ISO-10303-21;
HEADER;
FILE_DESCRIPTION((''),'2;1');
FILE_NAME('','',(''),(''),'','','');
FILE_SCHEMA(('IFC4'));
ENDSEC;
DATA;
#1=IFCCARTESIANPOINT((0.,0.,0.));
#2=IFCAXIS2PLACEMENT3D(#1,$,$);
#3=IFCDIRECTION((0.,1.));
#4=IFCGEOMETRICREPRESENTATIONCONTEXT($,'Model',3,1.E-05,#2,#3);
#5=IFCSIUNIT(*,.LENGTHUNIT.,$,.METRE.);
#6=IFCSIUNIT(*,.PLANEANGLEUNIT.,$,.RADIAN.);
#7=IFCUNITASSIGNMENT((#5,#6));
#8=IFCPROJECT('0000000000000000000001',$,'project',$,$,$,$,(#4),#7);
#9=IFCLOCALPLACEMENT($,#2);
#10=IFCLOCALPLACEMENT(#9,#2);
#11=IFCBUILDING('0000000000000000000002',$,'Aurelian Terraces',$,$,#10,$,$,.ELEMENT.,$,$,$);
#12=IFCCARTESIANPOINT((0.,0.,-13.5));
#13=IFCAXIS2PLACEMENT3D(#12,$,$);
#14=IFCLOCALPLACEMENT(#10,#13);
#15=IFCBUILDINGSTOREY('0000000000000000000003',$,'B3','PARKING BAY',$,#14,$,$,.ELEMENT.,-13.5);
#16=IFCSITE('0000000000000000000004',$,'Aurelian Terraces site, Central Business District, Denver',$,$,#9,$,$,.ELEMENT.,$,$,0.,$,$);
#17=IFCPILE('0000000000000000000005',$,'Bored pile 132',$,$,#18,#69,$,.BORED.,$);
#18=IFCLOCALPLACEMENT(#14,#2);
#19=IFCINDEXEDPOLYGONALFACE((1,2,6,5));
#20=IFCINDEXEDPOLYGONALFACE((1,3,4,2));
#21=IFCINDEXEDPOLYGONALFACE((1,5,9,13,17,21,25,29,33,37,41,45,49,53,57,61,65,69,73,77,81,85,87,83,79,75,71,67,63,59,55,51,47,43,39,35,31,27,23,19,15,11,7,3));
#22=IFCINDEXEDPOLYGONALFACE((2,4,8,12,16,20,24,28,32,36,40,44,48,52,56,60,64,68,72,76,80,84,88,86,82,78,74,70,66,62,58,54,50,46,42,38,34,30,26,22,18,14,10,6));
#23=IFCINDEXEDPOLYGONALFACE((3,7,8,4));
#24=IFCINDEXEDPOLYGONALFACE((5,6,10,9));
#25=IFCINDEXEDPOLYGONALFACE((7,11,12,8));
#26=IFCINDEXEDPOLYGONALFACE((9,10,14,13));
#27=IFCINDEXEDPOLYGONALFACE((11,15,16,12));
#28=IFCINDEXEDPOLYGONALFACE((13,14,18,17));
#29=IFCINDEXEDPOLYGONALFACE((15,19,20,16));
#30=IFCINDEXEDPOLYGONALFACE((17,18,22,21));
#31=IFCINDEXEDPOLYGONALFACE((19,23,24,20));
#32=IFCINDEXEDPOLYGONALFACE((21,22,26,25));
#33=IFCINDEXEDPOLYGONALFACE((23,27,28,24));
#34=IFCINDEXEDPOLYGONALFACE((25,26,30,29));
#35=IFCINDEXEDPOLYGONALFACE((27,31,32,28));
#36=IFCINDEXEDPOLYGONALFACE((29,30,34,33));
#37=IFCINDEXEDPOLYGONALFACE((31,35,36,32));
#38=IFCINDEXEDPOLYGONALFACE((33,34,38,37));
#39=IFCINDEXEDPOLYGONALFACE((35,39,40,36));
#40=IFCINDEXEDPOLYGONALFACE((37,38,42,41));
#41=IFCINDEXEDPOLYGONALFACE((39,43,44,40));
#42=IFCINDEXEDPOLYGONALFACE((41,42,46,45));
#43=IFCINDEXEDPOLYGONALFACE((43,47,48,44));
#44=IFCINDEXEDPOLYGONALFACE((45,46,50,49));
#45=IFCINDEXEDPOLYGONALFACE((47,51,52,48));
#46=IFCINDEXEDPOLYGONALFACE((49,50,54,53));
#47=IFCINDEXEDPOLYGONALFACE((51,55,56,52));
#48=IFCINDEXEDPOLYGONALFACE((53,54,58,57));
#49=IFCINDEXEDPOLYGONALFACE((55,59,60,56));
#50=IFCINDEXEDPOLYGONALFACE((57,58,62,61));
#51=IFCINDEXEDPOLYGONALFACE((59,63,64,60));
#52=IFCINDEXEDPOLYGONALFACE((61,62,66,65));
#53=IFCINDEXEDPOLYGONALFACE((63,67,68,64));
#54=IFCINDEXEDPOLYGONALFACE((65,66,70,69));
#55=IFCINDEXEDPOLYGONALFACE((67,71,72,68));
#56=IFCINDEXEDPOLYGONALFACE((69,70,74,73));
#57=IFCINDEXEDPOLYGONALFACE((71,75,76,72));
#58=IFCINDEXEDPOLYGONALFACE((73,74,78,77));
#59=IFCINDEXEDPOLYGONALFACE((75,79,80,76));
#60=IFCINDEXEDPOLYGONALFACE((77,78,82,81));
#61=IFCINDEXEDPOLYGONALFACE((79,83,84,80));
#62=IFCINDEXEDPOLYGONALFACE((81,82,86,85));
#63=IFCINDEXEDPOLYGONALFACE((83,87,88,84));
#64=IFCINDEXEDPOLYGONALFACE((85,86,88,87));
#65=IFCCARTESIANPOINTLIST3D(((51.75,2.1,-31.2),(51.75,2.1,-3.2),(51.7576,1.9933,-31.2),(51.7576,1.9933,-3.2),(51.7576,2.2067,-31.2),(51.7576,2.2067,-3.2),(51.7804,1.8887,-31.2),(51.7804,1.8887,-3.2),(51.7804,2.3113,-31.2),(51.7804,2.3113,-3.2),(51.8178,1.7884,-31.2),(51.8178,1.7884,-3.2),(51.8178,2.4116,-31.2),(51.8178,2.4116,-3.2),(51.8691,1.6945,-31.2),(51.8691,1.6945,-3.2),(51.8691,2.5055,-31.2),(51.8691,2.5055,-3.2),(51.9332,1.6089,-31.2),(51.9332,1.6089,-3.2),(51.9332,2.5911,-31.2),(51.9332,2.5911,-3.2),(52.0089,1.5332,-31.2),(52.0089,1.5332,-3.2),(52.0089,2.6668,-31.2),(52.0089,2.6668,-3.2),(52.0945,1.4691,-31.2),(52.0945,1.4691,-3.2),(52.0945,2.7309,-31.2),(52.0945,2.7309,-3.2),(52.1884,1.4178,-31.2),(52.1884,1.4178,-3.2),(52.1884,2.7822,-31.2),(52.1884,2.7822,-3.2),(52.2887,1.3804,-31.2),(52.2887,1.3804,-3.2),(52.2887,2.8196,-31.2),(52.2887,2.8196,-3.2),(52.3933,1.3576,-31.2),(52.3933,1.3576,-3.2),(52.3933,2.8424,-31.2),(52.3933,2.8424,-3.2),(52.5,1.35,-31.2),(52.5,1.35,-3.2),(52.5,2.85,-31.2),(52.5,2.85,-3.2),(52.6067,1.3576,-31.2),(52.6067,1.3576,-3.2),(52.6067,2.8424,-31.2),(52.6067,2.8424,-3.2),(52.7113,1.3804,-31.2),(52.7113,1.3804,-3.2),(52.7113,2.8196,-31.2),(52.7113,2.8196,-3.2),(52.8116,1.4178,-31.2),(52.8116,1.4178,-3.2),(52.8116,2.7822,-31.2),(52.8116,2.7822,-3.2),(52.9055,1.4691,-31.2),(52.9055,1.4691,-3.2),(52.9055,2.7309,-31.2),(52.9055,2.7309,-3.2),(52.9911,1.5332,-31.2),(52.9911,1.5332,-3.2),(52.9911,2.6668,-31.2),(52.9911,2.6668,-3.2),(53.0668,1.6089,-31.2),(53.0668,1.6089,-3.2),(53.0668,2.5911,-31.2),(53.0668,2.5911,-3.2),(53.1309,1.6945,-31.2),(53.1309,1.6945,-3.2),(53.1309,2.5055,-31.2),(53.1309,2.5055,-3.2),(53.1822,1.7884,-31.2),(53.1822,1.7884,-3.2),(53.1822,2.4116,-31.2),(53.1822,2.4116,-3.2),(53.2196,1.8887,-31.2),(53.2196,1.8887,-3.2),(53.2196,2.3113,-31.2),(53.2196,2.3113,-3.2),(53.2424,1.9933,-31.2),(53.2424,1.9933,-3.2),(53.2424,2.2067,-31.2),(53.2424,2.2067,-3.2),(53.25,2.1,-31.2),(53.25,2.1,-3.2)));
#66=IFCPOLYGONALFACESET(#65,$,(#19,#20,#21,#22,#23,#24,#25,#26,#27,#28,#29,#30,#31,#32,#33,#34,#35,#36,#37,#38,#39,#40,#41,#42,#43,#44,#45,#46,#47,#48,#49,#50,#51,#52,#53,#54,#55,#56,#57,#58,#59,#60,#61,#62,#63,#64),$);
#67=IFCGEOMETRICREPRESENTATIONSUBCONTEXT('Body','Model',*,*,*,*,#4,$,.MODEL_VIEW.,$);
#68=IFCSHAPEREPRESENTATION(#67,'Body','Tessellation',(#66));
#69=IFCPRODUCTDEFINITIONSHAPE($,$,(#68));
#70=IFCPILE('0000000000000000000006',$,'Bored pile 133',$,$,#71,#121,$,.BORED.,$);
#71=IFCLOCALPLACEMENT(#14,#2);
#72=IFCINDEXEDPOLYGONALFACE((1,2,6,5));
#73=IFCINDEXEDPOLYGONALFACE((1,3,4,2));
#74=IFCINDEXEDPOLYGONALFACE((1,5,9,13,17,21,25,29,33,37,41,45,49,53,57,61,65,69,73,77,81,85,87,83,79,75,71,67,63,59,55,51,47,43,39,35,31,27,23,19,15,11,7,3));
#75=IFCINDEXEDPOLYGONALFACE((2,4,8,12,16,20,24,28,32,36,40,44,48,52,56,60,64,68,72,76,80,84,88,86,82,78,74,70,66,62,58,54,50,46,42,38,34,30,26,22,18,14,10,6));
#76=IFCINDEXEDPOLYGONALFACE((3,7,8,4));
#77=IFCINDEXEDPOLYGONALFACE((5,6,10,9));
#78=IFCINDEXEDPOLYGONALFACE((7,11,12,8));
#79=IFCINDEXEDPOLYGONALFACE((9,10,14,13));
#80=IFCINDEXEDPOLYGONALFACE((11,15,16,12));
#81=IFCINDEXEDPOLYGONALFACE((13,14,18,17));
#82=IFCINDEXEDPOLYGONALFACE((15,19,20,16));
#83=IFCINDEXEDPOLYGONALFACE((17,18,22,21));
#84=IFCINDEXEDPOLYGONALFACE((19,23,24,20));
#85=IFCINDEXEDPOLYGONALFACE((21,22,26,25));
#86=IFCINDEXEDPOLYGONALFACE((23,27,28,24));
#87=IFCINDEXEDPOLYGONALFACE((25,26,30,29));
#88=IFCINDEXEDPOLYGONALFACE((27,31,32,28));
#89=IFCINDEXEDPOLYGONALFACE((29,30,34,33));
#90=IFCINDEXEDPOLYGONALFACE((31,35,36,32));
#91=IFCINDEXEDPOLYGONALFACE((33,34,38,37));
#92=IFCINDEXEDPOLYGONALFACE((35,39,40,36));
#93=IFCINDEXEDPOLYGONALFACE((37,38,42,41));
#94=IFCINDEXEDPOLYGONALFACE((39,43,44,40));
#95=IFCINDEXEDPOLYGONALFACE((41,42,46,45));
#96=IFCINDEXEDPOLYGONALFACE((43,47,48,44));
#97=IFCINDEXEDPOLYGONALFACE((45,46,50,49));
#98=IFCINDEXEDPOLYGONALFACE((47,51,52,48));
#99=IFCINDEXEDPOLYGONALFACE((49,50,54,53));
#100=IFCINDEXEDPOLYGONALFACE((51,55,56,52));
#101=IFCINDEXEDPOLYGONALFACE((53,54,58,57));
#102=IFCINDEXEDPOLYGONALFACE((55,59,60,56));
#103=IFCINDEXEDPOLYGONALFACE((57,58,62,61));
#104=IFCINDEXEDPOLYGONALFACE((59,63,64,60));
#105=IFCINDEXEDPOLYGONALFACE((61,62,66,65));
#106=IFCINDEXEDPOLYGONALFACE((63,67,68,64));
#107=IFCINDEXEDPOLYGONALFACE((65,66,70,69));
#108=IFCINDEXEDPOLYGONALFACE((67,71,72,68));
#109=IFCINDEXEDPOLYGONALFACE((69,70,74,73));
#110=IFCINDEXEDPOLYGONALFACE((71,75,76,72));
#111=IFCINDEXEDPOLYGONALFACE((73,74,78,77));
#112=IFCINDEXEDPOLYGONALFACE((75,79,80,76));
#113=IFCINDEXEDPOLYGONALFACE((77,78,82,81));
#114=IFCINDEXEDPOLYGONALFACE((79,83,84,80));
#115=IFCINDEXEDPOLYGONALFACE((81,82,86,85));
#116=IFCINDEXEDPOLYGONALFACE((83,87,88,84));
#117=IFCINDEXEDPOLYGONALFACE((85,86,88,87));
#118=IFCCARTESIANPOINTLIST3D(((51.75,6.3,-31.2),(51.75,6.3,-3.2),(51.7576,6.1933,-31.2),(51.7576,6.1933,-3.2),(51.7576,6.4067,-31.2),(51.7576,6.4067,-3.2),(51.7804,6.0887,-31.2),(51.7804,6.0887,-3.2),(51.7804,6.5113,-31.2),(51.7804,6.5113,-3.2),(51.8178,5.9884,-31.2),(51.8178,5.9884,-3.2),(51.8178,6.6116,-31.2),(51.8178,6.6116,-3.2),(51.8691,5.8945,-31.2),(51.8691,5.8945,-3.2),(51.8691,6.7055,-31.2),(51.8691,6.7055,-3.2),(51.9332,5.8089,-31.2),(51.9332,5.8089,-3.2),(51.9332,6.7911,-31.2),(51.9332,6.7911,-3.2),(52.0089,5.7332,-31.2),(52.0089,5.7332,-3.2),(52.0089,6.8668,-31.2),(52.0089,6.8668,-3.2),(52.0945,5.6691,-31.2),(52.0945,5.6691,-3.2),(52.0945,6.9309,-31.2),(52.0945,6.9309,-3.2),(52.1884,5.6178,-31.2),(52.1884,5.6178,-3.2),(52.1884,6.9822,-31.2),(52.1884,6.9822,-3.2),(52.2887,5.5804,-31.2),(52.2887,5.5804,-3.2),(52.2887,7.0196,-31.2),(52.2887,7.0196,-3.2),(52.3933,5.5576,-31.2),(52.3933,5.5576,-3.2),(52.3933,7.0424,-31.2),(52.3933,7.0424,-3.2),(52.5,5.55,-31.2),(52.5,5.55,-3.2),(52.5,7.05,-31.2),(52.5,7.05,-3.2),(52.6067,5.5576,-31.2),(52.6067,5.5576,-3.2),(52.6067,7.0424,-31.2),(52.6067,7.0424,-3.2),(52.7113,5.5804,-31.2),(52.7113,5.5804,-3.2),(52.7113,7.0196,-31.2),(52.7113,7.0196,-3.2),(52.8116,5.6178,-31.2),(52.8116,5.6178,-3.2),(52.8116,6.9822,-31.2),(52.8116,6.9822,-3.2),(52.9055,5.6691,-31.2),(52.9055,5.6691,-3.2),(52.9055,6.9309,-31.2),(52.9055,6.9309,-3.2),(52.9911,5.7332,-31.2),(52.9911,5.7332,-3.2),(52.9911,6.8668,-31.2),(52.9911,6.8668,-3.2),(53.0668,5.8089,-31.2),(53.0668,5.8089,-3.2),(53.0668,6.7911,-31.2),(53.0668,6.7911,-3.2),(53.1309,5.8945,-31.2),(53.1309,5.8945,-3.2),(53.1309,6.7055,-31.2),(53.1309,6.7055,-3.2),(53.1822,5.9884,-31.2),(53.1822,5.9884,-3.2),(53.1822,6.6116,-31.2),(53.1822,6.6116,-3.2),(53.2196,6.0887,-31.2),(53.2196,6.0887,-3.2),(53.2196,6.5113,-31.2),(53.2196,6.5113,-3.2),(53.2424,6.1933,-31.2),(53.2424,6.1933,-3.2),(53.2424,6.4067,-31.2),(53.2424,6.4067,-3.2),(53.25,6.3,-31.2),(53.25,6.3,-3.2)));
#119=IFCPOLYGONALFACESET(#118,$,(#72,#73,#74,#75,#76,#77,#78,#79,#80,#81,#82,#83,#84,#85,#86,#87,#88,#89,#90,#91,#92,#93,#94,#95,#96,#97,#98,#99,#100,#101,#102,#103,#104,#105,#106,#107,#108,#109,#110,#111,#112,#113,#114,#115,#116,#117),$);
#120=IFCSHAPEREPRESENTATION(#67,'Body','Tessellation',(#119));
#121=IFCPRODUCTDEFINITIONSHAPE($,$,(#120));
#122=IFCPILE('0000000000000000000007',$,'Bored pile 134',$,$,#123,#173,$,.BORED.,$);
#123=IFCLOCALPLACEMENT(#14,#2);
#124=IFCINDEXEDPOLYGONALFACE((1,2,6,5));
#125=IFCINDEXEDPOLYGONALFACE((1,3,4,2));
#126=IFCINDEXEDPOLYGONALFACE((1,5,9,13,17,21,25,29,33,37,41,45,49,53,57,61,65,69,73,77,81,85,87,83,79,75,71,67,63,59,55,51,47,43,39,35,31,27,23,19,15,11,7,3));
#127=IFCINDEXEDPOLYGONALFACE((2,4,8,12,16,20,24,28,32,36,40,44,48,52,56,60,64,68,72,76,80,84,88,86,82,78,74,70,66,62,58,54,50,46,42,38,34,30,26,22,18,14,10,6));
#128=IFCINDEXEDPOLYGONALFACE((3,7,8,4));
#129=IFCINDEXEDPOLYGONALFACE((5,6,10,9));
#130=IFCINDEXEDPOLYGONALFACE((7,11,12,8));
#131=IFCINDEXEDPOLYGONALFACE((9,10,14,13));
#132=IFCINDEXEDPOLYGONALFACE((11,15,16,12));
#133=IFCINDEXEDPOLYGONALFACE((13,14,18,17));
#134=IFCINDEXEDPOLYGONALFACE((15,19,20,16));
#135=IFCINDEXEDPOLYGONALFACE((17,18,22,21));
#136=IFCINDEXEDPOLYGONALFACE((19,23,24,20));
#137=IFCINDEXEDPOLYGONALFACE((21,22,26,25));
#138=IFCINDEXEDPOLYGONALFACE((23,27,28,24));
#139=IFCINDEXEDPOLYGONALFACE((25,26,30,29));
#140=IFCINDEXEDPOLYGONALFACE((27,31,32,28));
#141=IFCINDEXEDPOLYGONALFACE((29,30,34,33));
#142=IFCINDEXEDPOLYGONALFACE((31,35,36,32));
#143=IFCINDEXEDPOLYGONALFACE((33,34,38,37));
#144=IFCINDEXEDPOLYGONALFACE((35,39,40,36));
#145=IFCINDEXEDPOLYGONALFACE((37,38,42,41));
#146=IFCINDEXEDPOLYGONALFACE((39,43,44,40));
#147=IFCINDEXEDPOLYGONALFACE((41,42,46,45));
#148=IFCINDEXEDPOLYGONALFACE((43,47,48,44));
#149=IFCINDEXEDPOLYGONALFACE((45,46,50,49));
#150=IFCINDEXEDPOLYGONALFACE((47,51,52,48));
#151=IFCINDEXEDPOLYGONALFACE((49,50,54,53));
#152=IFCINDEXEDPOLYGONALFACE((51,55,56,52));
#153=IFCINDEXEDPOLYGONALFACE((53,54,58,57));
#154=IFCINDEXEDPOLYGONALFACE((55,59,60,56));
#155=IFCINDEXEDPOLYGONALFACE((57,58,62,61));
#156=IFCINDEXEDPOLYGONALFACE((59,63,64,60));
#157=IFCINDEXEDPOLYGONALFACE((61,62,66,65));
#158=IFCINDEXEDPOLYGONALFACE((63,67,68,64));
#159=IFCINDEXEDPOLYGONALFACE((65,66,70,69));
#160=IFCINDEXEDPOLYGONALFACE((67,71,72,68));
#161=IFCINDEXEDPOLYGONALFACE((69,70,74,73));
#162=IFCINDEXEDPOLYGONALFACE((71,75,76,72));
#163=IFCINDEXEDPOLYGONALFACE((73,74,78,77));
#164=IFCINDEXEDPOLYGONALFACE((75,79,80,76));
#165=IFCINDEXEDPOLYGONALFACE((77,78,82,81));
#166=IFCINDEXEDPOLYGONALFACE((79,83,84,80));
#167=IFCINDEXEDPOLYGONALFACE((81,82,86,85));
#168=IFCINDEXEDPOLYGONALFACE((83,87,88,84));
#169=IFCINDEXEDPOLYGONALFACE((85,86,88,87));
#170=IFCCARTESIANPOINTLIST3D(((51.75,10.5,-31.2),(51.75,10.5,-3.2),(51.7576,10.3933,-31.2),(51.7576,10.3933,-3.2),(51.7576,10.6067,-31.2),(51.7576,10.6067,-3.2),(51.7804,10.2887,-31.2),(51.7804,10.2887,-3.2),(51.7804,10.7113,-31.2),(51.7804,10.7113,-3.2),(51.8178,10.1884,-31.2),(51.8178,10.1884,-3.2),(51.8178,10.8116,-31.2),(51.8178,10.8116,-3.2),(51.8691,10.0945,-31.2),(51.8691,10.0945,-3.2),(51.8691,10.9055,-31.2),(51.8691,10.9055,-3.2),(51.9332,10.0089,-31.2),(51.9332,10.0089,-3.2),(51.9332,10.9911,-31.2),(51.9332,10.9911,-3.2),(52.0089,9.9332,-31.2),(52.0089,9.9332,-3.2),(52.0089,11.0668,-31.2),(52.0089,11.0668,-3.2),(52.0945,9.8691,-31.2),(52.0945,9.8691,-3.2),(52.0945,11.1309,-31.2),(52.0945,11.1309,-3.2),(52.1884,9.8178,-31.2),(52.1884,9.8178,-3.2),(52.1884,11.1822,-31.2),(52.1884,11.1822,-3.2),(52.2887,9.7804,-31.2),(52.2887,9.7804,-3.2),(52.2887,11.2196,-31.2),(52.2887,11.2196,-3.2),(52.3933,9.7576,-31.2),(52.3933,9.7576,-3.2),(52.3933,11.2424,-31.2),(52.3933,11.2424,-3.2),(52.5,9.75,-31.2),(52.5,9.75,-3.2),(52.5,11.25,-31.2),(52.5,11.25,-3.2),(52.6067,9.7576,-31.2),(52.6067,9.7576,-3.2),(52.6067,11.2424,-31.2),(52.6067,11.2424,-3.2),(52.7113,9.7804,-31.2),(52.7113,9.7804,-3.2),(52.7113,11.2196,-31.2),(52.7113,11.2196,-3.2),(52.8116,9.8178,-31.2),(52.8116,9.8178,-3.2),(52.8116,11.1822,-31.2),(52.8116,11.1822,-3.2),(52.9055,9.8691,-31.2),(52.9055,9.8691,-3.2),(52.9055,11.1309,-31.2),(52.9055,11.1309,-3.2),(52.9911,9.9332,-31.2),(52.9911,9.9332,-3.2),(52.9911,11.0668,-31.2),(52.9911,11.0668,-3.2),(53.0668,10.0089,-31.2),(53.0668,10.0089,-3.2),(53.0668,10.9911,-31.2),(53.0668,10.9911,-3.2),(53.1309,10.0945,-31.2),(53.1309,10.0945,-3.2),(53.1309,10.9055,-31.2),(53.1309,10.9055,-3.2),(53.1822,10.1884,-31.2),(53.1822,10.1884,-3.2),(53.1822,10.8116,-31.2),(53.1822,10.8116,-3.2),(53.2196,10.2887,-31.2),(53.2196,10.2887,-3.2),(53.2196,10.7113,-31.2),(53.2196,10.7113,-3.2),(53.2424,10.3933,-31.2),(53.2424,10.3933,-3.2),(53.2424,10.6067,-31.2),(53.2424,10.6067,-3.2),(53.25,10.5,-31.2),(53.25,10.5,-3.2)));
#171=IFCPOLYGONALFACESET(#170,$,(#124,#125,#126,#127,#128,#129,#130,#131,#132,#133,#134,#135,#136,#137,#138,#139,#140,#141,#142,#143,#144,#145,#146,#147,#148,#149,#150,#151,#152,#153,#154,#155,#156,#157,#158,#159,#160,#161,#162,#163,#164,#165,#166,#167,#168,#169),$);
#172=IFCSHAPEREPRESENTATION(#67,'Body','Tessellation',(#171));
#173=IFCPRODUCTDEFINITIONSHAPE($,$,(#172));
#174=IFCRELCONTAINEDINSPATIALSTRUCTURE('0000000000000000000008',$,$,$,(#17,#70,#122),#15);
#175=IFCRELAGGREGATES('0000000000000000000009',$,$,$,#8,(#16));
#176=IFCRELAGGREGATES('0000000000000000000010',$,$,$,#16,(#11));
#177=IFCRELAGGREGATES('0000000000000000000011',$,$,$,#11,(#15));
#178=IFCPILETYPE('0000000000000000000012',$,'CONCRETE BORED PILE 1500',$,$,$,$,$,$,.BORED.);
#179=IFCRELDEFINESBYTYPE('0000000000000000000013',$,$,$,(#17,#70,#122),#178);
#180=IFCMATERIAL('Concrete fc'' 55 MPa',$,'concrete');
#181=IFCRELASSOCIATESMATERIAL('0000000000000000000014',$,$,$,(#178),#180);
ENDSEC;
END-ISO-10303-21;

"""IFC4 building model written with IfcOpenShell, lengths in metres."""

from ifc_helpers import new_model, si_unit, direction, frame, origin, origin_2d, place, context, subcontext, project, spatial, circle, extrude, source, transform, mapped, material, material_profile, profile_set, type_object, element, save


model = new_model("IFC4")

# Units and contexts
model_context = context("Model", 3, precision=1e-05, world=origin(), true_north=direction((0.0, 1.0)))
body_context = subcontext(model_context, "Body", "Model", "MODEL_VIEW")
ifc_project = project(units=[si_unit("LENGTHUNIT", "METRE"), si_unit("PLANEANGLEUNIT", "RADIAN")], contexts=[model_context])

# Site, building, storey
site_placement = place(None, origin())
site = spatial("IfcSite", under=ifc_project, at=site_placement, Name="Aurelian Terraces site, Central Business District, Denver", CompositionType="ELEMENT", RefElevation=0.0)
building_placement = place(site_placement, origin())
building = spatial("IfcBuilding", under=site, at=building_placement, Name="Aurelian Terraces", CompositionType="ELEMENT")
storey_placement = place(building_placement, frame((0.0, 0.0, -13.5)))
storey = spatial("IfcBuildingStorey", under=building, at=storey_placement, Name="B3", Description="PARKING BAY", CompositionType="ELEMENT", Elevation=-13.5)

# Piles
ifc_material_1 = material(Name="Concrete fc' 55 MPa", Category="concrete")
ifc_material_profile_1 = material_profile(ifc_material_1, circle(Radius=0.75, at=origin_2d()))
ifc_profile_set_1 = profile_set([ifc_material_profile_1], Name="Concrete fc' 55 MPa")
pile_type = type_object("IfcPileType", Name="CONCRETE BORED PILE 1500", PredefinedType="BORED", material=ifc_profile_set_1)
shared_shape_1 = source(origin(), body_context, "Body", "SweptSolid", [
    extrude(circle(Radius=0.75, at=origin_2d()), origin(), (0.0, 0.0, 1.0), 28.0),
])
for number, where, z_axis, x_axis, name in (
    (1, (52.5, 2.1, -3.2), (0.0, 0.0, -1.0), (1.0, 0.0, 0.0), "Bored pile 132"),
    (2, (52.5, 6.3, -3.2), (0.0, 0.0, -1.0), (1.0, 0.0, 0.0), "Bored pile 133"),
    (3, (52.5, 10.5, -3.2), (0.0, 0.0, -1.0), (1.0, 0.0, 0.0), "Bored pile 134"),
):
    element("IfcPile", number, at=place(storey_placement, frame(where, z_axis=z_axis, x_axis=x_axis)), inside=storey, type_object=pile_type, Name=name, PredefinedType="BORED", context=body_context, shape_type="MappedRepresentation", body=[
        mapped(shared_shape_1, transform((0.0, 0.0, 0.0), scale=1.0)),
    ])

save(model, "model.ifc")
